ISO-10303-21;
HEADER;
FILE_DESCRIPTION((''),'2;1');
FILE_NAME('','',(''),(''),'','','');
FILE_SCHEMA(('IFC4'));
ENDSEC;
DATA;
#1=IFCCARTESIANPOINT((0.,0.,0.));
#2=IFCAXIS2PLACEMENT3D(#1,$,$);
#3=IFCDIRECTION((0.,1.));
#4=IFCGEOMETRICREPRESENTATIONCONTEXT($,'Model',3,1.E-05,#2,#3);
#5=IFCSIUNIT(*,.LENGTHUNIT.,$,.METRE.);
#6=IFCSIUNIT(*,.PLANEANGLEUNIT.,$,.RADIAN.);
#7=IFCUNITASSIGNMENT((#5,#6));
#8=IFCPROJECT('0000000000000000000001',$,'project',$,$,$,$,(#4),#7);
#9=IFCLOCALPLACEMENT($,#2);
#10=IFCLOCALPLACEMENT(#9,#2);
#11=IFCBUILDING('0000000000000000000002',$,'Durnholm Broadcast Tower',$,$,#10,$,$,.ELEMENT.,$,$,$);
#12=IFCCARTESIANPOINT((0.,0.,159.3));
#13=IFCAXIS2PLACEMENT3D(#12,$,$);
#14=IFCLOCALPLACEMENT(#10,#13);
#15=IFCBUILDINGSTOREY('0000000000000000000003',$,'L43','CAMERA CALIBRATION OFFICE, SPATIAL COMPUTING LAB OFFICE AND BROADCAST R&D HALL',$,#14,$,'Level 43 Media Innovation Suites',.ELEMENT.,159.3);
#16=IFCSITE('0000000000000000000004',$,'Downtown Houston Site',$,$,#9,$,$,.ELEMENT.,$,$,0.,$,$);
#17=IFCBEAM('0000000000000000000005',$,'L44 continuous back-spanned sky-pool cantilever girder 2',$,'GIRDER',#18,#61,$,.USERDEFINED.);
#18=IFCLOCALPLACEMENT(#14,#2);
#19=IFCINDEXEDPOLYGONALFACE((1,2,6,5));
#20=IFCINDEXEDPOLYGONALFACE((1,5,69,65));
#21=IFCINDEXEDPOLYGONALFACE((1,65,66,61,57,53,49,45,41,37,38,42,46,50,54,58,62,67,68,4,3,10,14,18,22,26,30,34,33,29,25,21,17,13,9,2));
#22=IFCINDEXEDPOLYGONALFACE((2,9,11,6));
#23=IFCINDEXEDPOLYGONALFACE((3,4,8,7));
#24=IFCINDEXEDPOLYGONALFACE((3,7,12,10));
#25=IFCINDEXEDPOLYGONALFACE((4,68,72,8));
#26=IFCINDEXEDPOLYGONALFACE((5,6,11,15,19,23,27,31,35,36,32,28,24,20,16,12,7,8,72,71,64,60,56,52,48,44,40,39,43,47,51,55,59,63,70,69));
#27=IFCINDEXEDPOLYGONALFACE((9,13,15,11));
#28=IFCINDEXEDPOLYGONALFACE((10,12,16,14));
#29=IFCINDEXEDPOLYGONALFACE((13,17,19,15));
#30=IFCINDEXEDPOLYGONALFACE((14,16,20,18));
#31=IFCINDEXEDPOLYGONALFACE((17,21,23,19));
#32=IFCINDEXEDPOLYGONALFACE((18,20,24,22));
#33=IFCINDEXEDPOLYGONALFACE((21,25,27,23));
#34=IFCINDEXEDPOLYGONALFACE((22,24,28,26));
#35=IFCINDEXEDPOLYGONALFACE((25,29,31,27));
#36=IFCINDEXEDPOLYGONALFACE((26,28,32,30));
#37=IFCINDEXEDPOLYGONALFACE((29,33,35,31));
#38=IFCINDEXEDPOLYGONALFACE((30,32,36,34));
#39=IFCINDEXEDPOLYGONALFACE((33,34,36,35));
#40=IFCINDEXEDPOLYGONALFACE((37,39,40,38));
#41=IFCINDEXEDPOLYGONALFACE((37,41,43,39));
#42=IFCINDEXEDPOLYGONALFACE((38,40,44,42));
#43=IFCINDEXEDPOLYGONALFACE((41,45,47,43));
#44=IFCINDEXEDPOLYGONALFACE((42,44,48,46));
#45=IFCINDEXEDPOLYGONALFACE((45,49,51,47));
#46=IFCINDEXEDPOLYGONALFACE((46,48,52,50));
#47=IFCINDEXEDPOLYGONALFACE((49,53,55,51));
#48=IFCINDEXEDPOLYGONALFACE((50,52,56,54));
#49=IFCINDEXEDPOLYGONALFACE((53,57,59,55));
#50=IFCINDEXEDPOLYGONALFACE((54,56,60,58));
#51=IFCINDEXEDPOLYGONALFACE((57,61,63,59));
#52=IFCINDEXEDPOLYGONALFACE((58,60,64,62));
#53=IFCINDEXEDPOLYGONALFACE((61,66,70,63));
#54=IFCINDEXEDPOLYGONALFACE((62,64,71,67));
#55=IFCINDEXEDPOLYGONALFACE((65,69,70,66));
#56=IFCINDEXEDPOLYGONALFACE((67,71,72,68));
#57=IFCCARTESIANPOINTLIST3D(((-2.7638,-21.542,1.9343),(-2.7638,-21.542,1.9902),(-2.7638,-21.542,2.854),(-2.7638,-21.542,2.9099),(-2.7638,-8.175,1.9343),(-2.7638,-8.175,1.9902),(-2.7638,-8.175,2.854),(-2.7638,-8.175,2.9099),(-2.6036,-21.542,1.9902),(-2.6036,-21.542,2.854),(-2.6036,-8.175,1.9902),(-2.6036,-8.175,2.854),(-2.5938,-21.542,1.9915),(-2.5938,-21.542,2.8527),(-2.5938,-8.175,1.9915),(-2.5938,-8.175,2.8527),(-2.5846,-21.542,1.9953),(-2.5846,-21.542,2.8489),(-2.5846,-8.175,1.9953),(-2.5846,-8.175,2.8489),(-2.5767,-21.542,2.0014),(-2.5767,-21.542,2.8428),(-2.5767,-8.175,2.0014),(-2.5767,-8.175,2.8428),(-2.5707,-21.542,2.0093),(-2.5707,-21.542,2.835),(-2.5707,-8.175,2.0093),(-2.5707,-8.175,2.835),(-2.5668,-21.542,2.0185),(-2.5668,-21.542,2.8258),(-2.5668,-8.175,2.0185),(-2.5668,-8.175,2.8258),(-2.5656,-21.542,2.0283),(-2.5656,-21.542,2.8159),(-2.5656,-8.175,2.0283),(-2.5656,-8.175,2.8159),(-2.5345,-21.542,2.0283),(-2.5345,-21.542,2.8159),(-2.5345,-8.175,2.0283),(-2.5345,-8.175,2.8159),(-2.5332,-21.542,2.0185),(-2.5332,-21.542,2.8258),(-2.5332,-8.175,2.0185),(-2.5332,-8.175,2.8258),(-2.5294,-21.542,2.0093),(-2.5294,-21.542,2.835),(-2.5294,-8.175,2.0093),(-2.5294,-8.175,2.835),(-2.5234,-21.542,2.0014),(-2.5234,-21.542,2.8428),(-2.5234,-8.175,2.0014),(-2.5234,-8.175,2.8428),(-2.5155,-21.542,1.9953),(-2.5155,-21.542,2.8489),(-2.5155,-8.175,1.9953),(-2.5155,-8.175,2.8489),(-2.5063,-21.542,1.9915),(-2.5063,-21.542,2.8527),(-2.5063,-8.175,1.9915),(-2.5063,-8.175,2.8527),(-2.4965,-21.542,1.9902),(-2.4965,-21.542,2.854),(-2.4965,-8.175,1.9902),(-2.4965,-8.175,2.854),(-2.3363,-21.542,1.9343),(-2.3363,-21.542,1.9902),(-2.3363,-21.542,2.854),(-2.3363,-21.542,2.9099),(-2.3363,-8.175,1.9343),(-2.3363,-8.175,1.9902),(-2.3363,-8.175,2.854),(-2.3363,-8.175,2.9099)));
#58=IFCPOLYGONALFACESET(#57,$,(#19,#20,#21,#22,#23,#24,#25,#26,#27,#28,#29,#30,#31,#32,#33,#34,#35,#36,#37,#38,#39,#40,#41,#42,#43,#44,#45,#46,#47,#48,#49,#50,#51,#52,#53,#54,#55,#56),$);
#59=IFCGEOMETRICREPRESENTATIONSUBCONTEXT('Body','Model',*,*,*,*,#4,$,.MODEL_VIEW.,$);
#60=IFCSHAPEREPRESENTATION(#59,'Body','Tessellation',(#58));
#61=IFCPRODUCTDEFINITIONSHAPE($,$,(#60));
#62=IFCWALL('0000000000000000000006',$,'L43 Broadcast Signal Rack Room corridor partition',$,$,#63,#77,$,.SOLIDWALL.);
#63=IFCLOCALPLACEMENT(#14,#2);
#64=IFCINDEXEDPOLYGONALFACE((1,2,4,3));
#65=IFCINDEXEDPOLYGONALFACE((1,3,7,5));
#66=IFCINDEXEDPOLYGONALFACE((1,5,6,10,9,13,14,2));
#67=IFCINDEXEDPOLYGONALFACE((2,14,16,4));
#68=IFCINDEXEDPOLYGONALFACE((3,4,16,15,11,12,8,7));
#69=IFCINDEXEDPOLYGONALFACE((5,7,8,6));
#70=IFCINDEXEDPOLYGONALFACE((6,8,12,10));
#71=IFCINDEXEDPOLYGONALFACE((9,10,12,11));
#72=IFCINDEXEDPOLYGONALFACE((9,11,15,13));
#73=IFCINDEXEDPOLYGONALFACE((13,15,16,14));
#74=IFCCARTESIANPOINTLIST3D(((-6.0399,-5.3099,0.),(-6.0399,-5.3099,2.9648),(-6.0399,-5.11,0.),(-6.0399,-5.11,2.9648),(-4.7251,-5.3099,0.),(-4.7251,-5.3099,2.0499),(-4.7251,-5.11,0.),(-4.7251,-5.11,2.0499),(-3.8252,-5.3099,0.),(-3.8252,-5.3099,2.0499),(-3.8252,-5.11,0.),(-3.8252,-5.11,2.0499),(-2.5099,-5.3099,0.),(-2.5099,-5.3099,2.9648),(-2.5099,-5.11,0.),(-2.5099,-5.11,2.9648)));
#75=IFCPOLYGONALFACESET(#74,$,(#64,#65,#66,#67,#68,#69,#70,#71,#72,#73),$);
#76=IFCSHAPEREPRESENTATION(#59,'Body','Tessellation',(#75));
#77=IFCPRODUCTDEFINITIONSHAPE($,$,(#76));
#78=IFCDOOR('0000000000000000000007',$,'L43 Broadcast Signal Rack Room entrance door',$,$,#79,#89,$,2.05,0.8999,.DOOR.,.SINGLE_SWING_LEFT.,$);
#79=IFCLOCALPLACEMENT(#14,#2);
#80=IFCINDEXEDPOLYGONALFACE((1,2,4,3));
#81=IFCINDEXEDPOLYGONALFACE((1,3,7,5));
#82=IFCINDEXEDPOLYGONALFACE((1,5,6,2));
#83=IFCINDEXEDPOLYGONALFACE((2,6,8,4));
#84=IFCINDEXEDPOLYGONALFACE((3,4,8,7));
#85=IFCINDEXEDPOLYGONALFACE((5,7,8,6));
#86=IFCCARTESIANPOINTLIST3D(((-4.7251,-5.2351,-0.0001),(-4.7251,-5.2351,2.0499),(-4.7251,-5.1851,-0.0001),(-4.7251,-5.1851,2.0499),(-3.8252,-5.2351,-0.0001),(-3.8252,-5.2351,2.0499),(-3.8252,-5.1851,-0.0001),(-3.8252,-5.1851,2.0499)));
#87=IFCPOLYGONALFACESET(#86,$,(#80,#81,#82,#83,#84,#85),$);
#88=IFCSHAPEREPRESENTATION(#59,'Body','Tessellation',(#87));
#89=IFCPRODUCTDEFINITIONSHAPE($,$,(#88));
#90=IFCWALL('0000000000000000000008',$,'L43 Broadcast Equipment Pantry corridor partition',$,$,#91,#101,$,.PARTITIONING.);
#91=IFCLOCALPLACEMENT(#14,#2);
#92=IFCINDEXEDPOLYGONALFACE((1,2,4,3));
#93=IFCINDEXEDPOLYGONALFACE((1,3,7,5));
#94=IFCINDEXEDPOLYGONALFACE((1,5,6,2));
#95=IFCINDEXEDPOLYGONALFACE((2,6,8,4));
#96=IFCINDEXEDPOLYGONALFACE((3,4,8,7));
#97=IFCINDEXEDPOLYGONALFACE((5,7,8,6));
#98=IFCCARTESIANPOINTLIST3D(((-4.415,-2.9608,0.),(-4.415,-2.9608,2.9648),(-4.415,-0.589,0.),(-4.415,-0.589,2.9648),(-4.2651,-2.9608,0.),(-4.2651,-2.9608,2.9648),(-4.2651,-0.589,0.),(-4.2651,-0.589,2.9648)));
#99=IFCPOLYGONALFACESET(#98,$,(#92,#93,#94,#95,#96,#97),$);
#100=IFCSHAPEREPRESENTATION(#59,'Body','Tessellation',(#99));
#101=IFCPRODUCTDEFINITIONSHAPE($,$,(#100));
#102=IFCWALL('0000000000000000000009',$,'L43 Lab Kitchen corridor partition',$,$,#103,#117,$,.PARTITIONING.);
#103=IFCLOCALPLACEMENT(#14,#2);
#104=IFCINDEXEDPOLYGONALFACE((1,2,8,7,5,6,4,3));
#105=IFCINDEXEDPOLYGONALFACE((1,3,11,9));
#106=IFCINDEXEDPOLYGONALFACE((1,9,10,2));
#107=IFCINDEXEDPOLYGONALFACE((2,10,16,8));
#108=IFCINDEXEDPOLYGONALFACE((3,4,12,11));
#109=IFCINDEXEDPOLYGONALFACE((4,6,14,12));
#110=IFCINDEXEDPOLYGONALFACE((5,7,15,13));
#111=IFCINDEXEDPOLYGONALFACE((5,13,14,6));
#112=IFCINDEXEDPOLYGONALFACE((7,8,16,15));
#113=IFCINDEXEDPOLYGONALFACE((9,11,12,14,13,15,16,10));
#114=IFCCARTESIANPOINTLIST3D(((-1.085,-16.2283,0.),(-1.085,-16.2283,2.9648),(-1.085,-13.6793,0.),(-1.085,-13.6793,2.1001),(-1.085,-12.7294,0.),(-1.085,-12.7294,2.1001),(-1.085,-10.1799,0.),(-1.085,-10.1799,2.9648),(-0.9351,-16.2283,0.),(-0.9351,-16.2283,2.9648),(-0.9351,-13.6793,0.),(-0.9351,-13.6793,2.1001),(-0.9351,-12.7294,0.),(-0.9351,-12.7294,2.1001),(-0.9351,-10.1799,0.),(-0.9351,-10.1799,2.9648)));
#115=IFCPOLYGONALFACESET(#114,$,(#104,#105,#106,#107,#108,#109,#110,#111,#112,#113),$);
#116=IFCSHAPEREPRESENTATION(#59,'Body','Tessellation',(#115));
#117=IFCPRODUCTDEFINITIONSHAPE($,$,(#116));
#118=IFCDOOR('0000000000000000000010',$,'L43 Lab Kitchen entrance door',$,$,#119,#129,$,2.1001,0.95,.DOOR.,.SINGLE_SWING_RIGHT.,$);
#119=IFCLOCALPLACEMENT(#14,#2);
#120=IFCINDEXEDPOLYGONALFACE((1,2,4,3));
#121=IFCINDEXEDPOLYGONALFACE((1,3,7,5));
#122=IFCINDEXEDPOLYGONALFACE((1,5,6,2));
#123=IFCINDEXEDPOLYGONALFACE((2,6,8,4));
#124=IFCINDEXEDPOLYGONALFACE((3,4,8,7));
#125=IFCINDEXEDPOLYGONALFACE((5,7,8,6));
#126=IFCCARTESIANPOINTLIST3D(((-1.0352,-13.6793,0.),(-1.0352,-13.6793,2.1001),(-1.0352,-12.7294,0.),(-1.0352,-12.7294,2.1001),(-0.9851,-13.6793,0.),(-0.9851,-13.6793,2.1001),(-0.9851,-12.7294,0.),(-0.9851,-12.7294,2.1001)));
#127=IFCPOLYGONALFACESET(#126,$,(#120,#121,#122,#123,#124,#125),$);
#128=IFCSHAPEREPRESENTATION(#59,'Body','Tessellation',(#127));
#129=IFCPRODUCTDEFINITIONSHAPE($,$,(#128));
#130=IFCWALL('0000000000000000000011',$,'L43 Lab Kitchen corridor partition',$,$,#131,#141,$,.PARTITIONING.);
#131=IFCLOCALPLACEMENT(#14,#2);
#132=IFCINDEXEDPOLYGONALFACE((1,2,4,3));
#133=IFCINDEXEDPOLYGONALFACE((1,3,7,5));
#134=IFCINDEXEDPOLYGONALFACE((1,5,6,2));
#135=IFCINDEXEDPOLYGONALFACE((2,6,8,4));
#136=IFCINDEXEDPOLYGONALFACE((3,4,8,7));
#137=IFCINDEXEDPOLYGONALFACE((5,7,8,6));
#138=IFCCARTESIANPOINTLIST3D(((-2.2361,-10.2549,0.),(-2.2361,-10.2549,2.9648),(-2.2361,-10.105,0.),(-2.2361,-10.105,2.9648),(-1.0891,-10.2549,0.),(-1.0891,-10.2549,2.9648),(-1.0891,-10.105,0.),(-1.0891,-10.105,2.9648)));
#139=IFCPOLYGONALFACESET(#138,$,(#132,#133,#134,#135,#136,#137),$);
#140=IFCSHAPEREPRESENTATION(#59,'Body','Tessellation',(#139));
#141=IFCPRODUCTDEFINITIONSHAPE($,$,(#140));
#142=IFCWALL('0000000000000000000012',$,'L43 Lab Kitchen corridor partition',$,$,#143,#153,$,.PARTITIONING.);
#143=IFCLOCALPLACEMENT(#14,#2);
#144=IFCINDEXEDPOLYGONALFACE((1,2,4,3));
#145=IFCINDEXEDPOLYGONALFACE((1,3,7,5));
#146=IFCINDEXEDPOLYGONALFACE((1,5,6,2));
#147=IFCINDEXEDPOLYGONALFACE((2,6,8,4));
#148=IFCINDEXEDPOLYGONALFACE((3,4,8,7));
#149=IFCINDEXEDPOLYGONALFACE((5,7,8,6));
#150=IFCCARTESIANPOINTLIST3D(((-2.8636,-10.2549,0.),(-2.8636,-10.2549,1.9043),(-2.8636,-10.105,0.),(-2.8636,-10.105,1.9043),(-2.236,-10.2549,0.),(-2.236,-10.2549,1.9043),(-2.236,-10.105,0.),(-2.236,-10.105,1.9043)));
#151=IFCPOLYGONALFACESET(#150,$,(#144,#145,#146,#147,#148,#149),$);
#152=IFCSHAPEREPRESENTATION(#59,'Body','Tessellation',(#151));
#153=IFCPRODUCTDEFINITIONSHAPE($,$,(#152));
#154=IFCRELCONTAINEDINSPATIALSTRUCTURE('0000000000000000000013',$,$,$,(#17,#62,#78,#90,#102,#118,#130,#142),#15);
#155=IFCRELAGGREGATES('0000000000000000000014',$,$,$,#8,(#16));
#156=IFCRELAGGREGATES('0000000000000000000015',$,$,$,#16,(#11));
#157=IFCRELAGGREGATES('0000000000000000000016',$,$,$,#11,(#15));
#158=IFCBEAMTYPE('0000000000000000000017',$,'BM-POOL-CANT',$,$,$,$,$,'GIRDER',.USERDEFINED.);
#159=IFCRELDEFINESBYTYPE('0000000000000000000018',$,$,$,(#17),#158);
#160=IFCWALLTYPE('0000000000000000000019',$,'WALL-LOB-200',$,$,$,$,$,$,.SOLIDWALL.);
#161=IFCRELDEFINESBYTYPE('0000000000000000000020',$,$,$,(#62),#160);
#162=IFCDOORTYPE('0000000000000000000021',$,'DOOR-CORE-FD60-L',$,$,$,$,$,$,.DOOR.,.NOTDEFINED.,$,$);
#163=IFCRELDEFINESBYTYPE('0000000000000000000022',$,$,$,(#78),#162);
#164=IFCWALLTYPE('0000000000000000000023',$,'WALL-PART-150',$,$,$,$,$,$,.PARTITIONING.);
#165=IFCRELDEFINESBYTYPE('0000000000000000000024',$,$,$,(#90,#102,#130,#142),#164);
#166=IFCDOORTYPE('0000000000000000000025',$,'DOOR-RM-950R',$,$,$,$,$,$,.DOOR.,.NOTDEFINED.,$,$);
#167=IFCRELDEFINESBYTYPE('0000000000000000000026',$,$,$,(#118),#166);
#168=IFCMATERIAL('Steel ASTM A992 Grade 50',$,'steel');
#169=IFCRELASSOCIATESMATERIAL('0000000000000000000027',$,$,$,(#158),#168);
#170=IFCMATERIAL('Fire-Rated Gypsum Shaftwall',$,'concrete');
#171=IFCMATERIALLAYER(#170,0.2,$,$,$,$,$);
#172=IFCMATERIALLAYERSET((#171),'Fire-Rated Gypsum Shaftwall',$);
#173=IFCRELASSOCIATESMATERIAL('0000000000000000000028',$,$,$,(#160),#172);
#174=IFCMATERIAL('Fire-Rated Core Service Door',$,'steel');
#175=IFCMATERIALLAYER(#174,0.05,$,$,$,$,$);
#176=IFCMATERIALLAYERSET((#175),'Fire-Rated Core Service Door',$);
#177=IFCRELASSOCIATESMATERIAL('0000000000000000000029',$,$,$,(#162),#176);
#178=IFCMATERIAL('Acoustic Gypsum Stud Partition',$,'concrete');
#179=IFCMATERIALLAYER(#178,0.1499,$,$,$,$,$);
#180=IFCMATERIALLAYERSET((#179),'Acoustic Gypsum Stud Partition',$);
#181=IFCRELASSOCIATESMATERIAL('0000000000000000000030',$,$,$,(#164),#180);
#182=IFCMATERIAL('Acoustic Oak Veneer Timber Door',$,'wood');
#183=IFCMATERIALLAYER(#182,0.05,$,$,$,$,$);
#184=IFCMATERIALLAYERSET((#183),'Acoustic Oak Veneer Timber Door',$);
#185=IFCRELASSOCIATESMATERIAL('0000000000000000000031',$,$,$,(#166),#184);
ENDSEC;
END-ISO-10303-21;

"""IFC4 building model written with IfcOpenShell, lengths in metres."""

from ifc_helpers import new_model, si_unit, direction, frame, frame_2d, origin, origin_2d, place, context, subcontext, project, spatial, rectangle, i_section, extrude, source, transform, mapped, material, layer, layer_set, material_profile, profile_set, type_object, type_shapes, element, fill, save


model = new_model("IFC4")

# Units and contexts
model_context = context("Model", 3, precision=1e-05, world=origin(), true_north=direction((0.0, 1.0)))
body_context = subcontext(model_context, "Body", "Model", "MODEL_VIEW")
ifc_project = project(units=[si_unit("LENGTHUNIT", "METRE"), si_unit("PLANEANGLEUNIT", "RADIAN")], contexts=[model_context])

# Site, building, storey
site_placement = place(None, origin())
site = spatial("IfcSite", under=ifc_project, at=site_placement, Name="Downtown Houston Site", CompositionType="ELEMENT", RefElevation=0.0)
building_placement = place(site_placement, origin())
building = spatial("IfcBuilding", under=site, at=building_placement, Name="Durnholm Broadcast Tower", CompositionType="ELEMENT")
storey_placement = place(building_placement, frame((0.0, 0.0, 159.3)))
storey = spatial("IfcBuildingStorey", under=building, at=storey_placement, Name="L43", Description="CAMERA CALIBRATION OFFICE, SPATIAL COMPUTING LAB OFFICE AND BROADCAST R&D HALL", LongName="Level 43 Media Innovation Suites", CompositionType="ELEMENT", Elevation=159.3)

# Beam
ifc_material_1 = material(Name="Steel ASTM A992 Grade 50", Category="steel")
ifc_material_profile_1 = material_profile(ifc_material_1, i_section(OverallWidth=0.4275, OverallDepth=0.9756, WebThickness=0.031, FlangeThickness=0.0559, FilletRadius=0.0381, at=origin_2d()), Name="W36X395")
ifc_profile_set_1 = profile_set([ifc_material_profile_1], Name="Steel ASTM A992 Grade 50")
beam_type_1 = type_object("IfcBeamType", Name="BM-POOL-CANT", ElementType="GIRDER", PredefinedType="USERDEFINED", material=ifc_profile_set_1)
shared_shape_1 = source(origin(), body_context, "Body", "SweptSolid", [
    extrude(i_section(OverallWidth=0.4275, OverallDepth=0.9756, WebThickness=0.031, FlangeThickness=0.0559, FilletRadius=0.0381, at=origin_2d()), origin(), (0.0, 0.0, 1.0), 13.3669),
])
type_shapes(beam_type_1, [shared_shape_1])
for number, where, z_axis, x_axis, name in (
    (1, (-2.55, -8.175, 2.4221), (0.0, -1.0, 0.0), (1.0, 0.0, 0.0), "L44 continuous back-spanned sky-pool cantilever girder 2"),
):
    element("IfcBeam", number, at=place(storey_placement, frame(where, z_axis=z_axis, x_axis=x_axis)), inside=storey, type_object=beam_type_1, Name=name, ObjectType="GIRDER", PredefinedType="USERDEFINED", context=body_context, shape_type="MappedRepresentation", body=[
        mapped(shared_shape_1, transform((0.0, 0.0, 0.0), x_axis=(1.0, 0.0, 0.0), y_axis=(0.0, 1.0, 0.0), z_axis=(0.0, 0.0, 1.0), scale=1.0)),
    ])

# Wall, opening, door
ifc_material_2 = material(Name="Fire-Rated Gypsum Shaftwall", Category="concrete")
ifc_layer_1 = layer(ifc_material_2, 0.2)
ifc_layer_set_1 = layer_set([ifc_layer_1], Name="Fire-Rated Gypsum Shaftwall")
wall_type_1 = type_object("IfcWallType", Name="WALL-LOB-200", PredefinedType="SOLIDWALL", material=ifc_layer_set_1)
wall_1_placement = place(storey_placement, frame((-6.04, -5.21, 0.0), z_axis=(0.0, 0.0, 1.0), x_axis=(1.0, 0.0, 0.0)))
wall_1 = element("IfcWall", 2, at=wall_1_placement, inside=storey, type_object=wall_type_1, Name="L43 Broadcast Signal Rack Room corridor partition", PredefinedType="SOLIDWALL", context=body_context, shape_type="SweptSolid", body=[
    extrude(rectangle(XDim=3.53, YDim=0.2, at=frame_2d((1.7651, 0.0))), origin(), (0.0, 0.0, 1.0), 2.9648),
])
opening_1_placement = place(wall_1_placement, frame((1.3149, 0.0, 0.0)))
opening_1 = element("IfcOpeningElement", 3, at=opening_1_placement, cuts=wall_1, PredefinedType="OPENING", context=body_context, shape_type="SweptSolid", body=[
    extrude(rectangle(XDim=0.8999, YDim=2.05, at=frame_2d((0.45, 1.0249))), frame((0.0, 0.1099, 0.0), z_axis=(0.0, -1.0, 0.0), x_axis=(1.0, 0.0, 0.0)), (0.0, 0.0, 1.0), 0.22),
])
ifc_material_3 = material(Name="Fire-Rated Core Service Door", Category="steel")
ifc_layer_2 = layer(ifc_material_3, 0.05)
ifc_layer_set_2 = layer_set([ifc_layer_2], Name="Fire-Rated Core Service Door")
door_type_1 = type_object("IfcDoorType", Name="DOOR-CORE-FD60-L", OperationType="NOTDEFINED", PredefinedType="DOOR", material=ifc_layer_set_2)
shared_shape_2 = source(origin(), body_context, "Body", "SweptSolid", [
    extrude(rectangle(XDim=0.8999, YDim=2.05, at=frame_2d((0.45, 1.0249))), frame((0.0, 0.0249, 0.0), z_axis=(0.0, -1.0, 0.0), x_axis=(1.0, 0.0, 0.0)), (0.0, 0.0, 1.0), 0.05),
])
type_shapes(door_type_1, [shared_shape_2])
door_1_placement = place(opening_1_placement, origin())
door_1 = element("IfcDoor", 4, at=door_1_placement, inside=storey, type_object=door_type_1, Name="L43 Broadcast Signal Rack Room entrance door", OperationType="SINGLE_SWING_LEFT", OverallHeight=2.05, OverallWidth=0.8999, PredefinedType="DOOR", context=body_context, shape_type="MappedRepresentation", body=[
    mapped(shared_shape_2, transform((0.0, 0.0, 0.0), x_axis=(1.0, 0.0, 0.0), y_axis=(0.0, 1.0, 0.0), z_axis=(0.0, 0.0, 1.0), scale=1.0)),
])
fill(opening_1, door_1)

# Wall
ifc_material_4 = material(Name="Acoustic Gypsum Stud Partition", Category="concrete")
ifc_layer_3 = layer(ifc_material_4, 0.1499)
ifc_layer_set_3 = layer_set([ifc_layer_3], Name="Acoustic Gypsum Stud Partition")
wall_type_2 = type_object("IfcWallType", Name="WALL-PART-150", PredefinedType="PARTITIONING", material=ifc_layer_set_3)
wall_2_placement = place(storey_placement, frame((-4.3401, -2.9609, 0.0), z_axis=(0.0, 0.0, 1.0), x_axis=(0.0, 1.0, 0.0)))
element("IfcWall", 5, at=wall_2_placement, inside=storey, type_object=wall_type_2, Name="L43 Broadcast Equipment Pantry corridor partition", PredefinedType="PARTITIONING", context=body_context, shape_type="SweptSolid", body=[
    extrude(rectangle(XDim=2.3718, YDim=0.1499, at=frame_2d((1.186, 0.0))), origin(), (0.0, 0.0, 1.0), 2.9648),
])

# Wall, opening, door
wall_3_placement = place(storey_placement, frame((-1.01, -10.1799, 0.0), z_axis=(0.0, 0.0, 1.0), x_axis=(0.0, -1.0, 0.0)))
wall_3 = element("IfcWall", 6, at=wall_3_placement, inside=storey, type_object=wall_type_2, Name="L43 Lab Kitchen corridor partition", PredefinedType="PARTITIONING", context=body_context, shape_type="SweptSolid", body=[
    extrude(rectangle(XDim=6.0483, YDim=0.1499, at=frame_2d((3.0242, 0.0))), origin(), (0.0, 0.0, 1.0), 2.9648),
])
opening_2_placement = place(wall_3_placement, frame((2.5493, 0.0, 0.0)))
opening_2 = element("IfcOpeningElement", 7, at=opening_2_placement, cuts=wall_3, PredefinedType="OPENING", context=body_context, shape_type="SweptSolid", body=[
    extrude(rectangle(XDim=0.95, YDim=2.1001, at=frame_2d((0.4751, 1.05))), frame((0.0, 0.085, 0.0), z_axis=(0.0, -1.0, 0.0), x_axis=(1.0, 0.0, 0.0)), (0.0, 0.0, 1.0), 0.1699),
])
ifc_material_5 = material(Name="Acoustic Oak Veneer Timber Door", Category="wood")
ifc_layer_4 = layer(ifc_material_5, 0.05)
ifc_layer_set_4 = layer_set([ifc_layer_4], Name="Acoustic Oak Veneer Timber Door")
door_type_2 = type_object("IfcDoorType", Name="DOOR-RM-950R", OperationType="NOTDEFINED", PredefinedType="DOOR", material=ifc_layer_set_4)
shared_shape_3 = source(origin(), body_context, "Body", "SweptSolid", [
    extrude(rectangle(XDim=0.95, YDim=2.1001, at=frame_2d((0.4751, 1.05))), frame((0.0, 0.0249, 0.0), z_axis=(0.0, -1.0, 0.0), x_axis=(1.0, 0.0, 0.0)), (0.0, 0.0, 1.0), 0.05),
])
type_shapes(door_type_2, [shared_shape_3])
door_2_placement = place(opening_2_placement, origin())
door_2 = element("IfcDoor", 8, at=door_2_placement, inside=storey, type_object=door_type_2, Name="L43 Lab Kitchen entrance door", OperationType="SINGLE_SWING_RIGHT", OverallHeight=2.1001, OverallWidth=0.95, PredefinedType="DOOR", context=body_context, shape_type="MappedRepresentation", body=[
    mapped(shared_shape_3, transform((0.0, 0.0, 0.0), x_axis=(1.0, 0.0, 0.0), y_axis=(0.0, 1.0, 0.0), z_axis=(0.0, 0.0, 1.0), scale=1.0)),
])
fill(opening_2, door_2)

# Walls
wall_4_placement = place(storey_placement, frame((-2.2361, -10.1799, 0.0), z_axis=(0.0, 0.0, 1.0), x_axis=(1.0, 0.0, 0.0)))
element("IfcWall", 9, at=wall_4_placement, inside=storey, type_object=wall_type_2, Name="L43 Lab Kitchen corridor partition", PredefinedType="PARTITIONING", context=body_context, shape_type="SweptSolid", body=[
    extrude(rectangle(XDim=1.147, YDim=0.1499, at=frame_2d((0.5735, 0.0))), origin(), (0.0, 0.0, 1.0), 2.9648),
])
wall_5_placement = place(storey_placement, frame((-2.8638, -10.1799, 0.0), z_axis=(0.0, 0.0, 1.0), x_axis=(1.0, 0.0, 0.0)))
element("IfcWall", 10, at=wall_5_placement, inside=storey, type_object=wall_type_2, Name="L43 Lab Kitchen corridor partition", PredefinedType="PARTITIONING", context=body_context, shape_type="SweptSolid", body=[
    extrude(rectangle(XDim=0.6277, YDim=0.1499, at=frame_2d((0.314, 0.0))), origin(), (0.0, 0.0, 1.0), 1.9043),
])

save(model, "model.ifc")
